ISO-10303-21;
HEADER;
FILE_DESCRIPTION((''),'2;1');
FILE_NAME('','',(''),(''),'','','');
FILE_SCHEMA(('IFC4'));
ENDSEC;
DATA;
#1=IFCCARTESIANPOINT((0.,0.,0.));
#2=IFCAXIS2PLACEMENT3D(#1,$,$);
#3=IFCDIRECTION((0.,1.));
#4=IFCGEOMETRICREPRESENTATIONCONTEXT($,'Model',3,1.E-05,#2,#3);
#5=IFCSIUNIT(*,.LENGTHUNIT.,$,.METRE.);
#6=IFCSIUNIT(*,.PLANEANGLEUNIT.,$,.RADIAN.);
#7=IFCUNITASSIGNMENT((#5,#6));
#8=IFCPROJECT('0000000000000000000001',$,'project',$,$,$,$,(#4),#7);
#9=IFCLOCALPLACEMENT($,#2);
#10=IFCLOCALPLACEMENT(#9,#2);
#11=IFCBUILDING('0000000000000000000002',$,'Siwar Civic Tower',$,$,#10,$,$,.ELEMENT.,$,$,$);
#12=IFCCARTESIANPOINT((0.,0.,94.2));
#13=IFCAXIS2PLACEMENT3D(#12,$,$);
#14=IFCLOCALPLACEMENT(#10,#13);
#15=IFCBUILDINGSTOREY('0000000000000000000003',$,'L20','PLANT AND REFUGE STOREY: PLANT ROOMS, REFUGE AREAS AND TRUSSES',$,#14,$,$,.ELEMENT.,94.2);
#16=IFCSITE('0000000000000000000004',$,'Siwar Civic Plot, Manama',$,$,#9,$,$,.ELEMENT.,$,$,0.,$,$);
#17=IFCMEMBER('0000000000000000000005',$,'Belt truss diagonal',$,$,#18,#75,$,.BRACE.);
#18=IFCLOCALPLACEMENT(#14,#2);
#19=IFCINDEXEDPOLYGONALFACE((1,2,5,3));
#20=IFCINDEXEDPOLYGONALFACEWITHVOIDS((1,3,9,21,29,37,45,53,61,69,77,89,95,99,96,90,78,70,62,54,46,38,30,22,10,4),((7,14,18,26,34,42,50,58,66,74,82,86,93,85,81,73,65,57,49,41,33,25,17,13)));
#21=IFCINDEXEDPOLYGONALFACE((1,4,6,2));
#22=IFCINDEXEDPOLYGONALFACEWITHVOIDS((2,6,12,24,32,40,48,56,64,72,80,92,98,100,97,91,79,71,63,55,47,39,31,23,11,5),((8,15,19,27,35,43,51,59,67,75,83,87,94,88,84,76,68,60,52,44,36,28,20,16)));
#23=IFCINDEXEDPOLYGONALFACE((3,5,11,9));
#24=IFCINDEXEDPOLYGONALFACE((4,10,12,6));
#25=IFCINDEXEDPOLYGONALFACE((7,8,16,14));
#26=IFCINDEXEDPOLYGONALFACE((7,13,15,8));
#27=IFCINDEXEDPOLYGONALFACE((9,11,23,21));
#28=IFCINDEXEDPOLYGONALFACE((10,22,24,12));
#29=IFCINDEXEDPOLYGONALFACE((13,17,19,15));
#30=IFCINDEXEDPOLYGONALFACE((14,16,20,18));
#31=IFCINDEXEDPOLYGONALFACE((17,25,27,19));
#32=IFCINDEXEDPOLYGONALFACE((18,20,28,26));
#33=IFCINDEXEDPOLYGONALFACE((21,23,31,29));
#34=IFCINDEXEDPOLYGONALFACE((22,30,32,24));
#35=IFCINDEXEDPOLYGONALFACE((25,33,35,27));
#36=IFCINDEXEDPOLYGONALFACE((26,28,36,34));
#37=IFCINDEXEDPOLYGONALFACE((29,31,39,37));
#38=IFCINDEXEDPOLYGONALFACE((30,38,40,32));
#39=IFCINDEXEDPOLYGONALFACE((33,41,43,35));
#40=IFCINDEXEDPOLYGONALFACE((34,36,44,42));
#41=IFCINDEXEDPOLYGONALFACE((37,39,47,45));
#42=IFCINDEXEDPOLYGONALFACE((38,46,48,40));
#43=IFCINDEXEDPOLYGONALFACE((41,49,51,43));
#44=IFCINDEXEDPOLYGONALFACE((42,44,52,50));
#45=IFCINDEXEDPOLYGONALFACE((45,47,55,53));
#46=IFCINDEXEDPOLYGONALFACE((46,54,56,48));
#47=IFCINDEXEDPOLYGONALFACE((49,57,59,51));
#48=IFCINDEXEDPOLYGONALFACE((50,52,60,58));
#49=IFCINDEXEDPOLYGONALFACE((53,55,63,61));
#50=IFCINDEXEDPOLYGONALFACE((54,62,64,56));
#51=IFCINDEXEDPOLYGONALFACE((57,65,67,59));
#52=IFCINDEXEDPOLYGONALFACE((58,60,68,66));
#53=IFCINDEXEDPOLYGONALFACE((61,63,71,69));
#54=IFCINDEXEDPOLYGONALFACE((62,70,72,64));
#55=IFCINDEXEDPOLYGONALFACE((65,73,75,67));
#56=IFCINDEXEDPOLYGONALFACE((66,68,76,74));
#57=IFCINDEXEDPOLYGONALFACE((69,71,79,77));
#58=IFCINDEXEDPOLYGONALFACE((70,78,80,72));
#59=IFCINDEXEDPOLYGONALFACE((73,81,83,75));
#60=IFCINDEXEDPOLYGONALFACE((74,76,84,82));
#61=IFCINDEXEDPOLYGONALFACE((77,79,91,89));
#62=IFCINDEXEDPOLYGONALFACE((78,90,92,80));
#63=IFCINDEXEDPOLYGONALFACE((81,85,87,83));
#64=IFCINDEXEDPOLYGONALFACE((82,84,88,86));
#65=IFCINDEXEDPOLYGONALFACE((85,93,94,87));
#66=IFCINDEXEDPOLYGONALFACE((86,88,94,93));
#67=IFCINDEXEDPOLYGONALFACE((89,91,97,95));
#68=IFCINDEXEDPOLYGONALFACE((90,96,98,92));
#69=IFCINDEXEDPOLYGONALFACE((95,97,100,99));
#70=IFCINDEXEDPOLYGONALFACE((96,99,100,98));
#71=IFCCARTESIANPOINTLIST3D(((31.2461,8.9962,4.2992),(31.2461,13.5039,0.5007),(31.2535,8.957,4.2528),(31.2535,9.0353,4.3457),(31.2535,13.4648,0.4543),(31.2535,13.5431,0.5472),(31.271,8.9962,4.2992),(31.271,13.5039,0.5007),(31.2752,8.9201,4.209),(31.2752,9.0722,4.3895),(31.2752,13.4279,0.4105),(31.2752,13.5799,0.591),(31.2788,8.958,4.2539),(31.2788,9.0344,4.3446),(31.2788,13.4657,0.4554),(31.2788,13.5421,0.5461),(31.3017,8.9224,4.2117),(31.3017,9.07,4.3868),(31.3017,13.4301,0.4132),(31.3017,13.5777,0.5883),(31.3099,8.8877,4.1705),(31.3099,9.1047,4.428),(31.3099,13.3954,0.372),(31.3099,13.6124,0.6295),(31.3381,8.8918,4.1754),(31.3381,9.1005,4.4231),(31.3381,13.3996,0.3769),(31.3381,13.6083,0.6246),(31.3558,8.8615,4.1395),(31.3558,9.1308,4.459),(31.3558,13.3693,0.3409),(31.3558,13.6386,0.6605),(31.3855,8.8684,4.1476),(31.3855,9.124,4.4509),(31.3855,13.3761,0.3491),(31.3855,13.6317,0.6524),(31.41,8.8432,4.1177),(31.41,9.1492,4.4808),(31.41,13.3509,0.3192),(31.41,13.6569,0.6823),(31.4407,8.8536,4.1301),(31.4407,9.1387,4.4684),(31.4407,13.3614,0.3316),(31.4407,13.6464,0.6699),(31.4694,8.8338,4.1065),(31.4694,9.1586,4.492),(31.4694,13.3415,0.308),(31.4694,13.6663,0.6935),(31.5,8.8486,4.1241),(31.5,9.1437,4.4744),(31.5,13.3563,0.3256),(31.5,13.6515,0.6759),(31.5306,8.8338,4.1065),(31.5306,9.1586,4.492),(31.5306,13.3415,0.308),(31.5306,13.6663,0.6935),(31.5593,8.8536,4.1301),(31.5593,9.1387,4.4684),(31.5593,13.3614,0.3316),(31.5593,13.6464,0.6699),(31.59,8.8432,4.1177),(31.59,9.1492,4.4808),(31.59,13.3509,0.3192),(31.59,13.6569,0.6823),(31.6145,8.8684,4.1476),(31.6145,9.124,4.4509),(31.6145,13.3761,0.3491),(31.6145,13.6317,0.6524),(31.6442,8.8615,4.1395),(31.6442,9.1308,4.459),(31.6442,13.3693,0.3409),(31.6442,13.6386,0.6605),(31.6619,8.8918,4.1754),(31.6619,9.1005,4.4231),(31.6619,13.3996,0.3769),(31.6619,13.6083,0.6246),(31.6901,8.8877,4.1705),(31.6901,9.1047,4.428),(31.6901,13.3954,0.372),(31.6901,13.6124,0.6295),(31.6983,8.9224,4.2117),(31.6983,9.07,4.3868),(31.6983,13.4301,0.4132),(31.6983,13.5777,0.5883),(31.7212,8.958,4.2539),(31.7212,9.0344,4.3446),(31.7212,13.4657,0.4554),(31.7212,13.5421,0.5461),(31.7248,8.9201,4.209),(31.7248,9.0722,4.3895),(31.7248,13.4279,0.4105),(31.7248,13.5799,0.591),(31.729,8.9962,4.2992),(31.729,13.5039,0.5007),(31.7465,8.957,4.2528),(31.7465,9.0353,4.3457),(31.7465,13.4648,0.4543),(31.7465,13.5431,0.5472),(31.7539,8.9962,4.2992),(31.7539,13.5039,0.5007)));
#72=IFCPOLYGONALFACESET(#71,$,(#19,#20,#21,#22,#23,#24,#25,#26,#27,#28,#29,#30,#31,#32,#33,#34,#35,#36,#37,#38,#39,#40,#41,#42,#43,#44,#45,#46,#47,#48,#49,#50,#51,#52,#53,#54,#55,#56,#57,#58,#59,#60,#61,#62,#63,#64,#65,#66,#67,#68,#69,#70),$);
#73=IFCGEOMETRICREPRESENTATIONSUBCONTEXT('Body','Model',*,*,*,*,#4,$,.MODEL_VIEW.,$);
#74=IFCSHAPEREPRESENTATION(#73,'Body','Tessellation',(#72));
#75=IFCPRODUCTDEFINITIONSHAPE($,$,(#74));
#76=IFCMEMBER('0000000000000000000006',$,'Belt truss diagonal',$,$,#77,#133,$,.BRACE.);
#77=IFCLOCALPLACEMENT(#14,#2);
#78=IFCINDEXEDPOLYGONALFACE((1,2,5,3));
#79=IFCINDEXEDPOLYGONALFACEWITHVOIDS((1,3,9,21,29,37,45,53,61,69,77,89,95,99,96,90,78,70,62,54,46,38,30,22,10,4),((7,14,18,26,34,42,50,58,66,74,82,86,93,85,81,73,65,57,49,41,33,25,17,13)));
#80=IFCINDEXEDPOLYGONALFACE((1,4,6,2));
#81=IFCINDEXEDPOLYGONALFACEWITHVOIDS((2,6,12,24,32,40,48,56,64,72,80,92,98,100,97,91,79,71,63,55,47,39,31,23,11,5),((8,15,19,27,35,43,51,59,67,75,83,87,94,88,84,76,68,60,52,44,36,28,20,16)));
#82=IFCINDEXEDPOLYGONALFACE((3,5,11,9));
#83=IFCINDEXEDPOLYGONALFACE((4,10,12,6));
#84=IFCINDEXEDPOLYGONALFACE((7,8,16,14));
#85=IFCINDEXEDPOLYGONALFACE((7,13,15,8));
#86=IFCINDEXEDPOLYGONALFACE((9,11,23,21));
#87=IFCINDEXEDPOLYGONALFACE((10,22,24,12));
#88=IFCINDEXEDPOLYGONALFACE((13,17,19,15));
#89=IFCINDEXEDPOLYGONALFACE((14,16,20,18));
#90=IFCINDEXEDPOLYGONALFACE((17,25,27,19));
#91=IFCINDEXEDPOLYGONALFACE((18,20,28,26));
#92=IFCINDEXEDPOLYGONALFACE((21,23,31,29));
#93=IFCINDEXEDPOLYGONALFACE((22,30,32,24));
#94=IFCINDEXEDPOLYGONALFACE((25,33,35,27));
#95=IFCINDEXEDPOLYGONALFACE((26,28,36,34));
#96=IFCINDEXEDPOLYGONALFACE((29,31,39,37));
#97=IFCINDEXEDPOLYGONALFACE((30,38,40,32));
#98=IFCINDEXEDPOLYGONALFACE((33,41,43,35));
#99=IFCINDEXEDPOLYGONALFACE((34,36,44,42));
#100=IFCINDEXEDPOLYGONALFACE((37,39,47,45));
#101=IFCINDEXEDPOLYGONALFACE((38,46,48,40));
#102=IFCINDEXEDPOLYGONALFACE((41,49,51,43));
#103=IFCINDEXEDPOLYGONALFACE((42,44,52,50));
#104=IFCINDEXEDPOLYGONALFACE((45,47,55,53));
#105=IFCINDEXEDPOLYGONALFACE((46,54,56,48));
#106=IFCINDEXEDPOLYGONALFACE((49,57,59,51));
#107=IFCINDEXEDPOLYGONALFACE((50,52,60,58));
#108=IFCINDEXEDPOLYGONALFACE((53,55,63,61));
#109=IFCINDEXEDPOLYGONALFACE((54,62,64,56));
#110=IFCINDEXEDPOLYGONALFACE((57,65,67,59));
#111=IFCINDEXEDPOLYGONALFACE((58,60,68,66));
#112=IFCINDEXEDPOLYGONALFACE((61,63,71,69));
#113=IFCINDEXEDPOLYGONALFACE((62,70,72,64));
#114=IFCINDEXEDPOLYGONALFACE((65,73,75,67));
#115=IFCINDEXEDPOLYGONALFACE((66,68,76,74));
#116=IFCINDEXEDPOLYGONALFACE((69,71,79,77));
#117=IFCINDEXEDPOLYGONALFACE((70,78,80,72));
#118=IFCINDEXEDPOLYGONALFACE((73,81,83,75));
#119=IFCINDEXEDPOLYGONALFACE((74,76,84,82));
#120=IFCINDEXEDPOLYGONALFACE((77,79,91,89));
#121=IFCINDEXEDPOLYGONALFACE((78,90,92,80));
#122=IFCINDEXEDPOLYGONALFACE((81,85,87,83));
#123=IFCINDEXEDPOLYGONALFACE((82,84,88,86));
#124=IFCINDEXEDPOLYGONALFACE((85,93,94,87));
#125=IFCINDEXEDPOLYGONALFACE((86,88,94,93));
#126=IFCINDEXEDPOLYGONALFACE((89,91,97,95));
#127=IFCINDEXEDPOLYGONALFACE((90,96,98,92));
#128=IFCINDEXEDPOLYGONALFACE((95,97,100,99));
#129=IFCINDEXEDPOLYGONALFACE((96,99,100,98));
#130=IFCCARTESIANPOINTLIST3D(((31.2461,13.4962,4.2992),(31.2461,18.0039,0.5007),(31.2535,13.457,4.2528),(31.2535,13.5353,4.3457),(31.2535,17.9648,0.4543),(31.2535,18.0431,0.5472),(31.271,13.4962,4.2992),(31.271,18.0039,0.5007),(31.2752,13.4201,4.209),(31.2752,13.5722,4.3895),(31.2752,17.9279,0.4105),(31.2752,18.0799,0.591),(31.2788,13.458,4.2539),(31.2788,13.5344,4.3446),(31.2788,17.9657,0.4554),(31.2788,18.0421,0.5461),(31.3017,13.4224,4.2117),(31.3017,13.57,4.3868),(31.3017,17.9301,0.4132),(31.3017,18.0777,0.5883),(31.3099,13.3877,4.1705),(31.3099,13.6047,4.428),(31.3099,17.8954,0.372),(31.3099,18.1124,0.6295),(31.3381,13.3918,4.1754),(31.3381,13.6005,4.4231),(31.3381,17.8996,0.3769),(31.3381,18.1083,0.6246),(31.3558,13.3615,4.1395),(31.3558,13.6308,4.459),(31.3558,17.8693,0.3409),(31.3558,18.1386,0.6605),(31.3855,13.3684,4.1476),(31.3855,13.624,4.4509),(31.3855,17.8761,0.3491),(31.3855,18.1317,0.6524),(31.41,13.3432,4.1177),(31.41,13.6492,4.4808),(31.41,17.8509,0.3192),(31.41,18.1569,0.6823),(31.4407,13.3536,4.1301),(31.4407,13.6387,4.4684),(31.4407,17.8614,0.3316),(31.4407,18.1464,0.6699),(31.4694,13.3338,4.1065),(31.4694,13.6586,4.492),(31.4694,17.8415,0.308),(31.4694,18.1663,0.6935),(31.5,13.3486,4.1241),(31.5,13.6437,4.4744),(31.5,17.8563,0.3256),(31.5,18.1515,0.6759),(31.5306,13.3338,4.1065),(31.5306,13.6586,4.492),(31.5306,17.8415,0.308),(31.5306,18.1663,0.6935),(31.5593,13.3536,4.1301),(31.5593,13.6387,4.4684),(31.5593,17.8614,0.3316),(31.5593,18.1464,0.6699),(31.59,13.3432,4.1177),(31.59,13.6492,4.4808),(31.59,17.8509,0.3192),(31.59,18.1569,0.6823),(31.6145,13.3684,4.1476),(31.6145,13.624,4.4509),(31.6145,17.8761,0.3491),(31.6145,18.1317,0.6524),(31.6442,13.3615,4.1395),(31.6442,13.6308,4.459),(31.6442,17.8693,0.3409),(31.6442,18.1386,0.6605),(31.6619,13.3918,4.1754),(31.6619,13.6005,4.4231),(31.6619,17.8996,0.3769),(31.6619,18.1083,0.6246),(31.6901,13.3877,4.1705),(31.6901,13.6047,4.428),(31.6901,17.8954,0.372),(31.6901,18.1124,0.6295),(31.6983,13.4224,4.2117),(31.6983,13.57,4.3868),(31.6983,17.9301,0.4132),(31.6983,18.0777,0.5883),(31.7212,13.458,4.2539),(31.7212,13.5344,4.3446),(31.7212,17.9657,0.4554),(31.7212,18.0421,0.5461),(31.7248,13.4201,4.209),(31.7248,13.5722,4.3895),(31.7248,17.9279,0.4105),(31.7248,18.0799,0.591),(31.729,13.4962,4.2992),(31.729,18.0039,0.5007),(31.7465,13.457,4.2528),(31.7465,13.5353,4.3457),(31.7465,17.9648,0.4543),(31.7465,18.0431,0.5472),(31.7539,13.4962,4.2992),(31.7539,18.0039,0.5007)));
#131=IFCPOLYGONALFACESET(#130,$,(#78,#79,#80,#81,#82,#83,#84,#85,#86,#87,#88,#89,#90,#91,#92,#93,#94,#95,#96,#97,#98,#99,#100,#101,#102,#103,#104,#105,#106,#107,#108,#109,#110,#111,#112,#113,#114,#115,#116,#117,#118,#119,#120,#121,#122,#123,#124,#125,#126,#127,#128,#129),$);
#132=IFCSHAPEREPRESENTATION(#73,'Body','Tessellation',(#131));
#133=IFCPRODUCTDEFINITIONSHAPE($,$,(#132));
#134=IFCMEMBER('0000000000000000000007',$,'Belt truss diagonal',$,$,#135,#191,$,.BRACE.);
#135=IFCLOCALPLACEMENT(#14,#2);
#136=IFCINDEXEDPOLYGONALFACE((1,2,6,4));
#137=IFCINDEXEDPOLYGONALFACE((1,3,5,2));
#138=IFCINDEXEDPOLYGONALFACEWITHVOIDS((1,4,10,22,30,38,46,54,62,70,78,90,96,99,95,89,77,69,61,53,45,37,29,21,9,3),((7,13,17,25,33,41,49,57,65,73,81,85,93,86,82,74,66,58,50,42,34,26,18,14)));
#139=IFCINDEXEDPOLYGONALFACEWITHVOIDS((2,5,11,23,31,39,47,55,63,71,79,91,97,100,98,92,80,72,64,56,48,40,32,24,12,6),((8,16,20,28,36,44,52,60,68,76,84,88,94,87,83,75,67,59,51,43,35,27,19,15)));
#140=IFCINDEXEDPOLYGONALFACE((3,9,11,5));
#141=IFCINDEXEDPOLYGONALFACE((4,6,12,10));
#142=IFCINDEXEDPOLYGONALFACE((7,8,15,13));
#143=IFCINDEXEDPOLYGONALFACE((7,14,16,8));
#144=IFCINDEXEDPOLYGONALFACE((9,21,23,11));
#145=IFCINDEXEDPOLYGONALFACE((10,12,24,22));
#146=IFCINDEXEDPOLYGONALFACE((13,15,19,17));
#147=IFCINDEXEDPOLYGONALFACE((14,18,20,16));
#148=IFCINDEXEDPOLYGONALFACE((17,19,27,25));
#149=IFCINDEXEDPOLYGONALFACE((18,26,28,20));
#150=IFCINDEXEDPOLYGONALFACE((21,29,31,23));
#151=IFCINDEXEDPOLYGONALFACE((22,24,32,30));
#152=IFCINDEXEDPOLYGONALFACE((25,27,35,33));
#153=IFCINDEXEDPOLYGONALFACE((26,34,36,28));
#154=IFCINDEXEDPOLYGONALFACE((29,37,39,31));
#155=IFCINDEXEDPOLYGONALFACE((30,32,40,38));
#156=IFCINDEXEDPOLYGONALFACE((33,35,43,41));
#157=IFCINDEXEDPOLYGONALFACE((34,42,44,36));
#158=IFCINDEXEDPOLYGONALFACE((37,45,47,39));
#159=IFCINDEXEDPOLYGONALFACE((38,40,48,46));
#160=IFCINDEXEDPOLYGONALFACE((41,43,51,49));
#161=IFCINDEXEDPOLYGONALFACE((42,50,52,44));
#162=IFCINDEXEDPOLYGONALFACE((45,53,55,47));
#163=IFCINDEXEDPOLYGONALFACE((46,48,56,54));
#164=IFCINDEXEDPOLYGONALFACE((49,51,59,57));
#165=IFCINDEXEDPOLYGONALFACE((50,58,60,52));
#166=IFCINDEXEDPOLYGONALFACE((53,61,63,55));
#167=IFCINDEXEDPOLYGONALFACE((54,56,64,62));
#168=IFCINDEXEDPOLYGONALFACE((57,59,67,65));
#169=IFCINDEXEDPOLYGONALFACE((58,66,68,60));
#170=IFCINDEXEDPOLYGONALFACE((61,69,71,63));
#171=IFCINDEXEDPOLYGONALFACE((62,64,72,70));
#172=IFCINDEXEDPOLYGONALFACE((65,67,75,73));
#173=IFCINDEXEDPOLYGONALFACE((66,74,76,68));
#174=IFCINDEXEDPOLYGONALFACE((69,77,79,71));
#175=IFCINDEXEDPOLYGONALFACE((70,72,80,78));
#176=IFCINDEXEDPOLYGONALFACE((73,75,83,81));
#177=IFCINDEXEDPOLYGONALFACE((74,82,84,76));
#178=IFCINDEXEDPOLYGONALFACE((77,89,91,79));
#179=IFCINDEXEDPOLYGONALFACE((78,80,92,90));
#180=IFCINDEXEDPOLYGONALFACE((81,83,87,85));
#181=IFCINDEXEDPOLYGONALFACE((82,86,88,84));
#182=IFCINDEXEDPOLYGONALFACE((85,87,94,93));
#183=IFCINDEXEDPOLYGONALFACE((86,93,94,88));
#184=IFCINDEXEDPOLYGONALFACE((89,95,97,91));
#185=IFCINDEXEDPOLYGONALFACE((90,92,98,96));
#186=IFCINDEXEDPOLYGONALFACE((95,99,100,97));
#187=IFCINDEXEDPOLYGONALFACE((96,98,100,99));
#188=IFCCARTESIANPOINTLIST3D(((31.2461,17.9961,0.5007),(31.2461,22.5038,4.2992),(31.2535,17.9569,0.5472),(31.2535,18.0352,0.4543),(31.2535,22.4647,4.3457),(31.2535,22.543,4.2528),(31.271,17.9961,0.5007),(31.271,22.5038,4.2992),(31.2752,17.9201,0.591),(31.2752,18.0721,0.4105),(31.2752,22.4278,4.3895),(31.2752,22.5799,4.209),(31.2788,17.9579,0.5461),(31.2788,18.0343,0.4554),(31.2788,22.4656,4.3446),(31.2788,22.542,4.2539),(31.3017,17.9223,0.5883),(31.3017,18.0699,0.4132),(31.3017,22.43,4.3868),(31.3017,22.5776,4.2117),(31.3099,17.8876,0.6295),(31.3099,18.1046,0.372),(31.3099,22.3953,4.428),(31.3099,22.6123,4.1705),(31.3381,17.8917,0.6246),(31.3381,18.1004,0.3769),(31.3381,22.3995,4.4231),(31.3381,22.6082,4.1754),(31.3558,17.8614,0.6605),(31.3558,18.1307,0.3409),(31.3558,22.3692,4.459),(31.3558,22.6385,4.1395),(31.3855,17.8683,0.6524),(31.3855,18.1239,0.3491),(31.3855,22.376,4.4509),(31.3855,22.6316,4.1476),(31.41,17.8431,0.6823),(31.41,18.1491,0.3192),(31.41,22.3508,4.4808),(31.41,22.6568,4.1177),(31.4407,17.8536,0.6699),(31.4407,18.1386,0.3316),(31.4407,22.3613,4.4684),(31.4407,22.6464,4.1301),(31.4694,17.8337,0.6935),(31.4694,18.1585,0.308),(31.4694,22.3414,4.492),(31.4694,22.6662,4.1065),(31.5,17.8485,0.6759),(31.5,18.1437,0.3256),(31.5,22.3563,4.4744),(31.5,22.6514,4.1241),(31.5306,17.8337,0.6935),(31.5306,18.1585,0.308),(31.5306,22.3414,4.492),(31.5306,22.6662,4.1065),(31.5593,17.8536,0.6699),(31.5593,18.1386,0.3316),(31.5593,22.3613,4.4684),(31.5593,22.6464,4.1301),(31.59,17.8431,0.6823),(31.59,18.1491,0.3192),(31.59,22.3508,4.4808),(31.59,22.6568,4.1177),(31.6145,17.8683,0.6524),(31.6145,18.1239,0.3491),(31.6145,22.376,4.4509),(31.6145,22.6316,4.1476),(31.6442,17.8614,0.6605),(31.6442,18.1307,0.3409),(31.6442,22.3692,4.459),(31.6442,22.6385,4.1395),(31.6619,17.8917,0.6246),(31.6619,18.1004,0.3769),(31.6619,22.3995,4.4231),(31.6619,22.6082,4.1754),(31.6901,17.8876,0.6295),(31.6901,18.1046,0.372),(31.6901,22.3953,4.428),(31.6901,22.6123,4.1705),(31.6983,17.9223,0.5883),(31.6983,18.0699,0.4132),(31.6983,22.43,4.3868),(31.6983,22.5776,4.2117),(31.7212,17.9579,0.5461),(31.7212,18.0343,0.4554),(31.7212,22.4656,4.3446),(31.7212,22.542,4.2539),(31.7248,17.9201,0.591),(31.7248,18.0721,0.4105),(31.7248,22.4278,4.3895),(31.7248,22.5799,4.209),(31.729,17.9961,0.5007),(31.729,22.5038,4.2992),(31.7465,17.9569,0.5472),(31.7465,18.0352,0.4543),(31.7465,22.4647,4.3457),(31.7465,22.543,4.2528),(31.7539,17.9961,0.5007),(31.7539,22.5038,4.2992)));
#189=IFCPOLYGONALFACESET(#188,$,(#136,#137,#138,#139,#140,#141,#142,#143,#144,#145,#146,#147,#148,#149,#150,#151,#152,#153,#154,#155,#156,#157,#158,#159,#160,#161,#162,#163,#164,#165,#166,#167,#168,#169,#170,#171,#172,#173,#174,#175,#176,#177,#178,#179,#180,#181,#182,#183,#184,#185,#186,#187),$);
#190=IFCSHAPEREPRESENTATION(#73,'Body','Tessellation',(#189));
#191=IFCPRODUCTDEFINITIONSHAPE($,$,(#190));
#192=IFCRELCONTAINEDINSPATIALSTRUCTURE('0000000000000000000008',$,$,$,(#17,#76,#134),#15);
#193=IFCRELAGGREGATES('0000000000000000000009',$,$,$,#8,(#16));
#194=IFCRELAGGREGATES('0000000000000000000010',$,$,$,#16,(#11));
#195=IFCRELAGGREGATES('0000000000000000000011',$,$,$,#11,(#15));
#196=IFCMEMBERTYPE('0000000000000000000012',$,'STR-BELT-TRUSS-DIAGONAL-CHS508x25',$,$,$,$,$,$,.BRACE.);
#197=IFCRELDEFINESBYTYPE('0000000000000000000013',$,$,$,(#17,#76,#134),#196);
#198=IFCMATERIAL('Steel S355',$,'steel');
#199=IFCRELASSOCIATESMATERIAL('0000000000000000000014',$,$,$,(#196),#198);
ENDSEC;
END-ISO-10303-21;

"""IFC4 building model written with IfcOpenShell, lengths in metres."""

from ifc_helpers import new_model, si_unit, direction, frame, origin, origin_2d, place, context, subcontext, project, spatial, hollow_circle, extrude, material, material_profile, profile_set, type_object, element, save


model = new_model("IFC4")

# Units and contexts
model_context = context("Model", 3, precision=1e-05, world=origin(), true_north=direction((0.0, 1.0)))
body_context = subcontext(model_context, "Body", "Model", "MODEL_VIEW")
ifc_project = project(units=[si_unit("LENGTHUNIT", "METRE"), si_unit("PLANEANGLEUNIT", "RADIAN")], contexts=[model_context])

# Site, building, storey
site_placement = place(None, origin())
site = spatial("IfcSite", under=ifc_project, at=site_placement, Name="Siwar Civic Plot, Manama", CompositionType="ELEMENT", RefElevation=0.0)
building_placement = place(site_placement, origin())
building = spatial("IfcBuilding", under=site, at=building_placement, Name="Siwar Civic Tower", CompositionType="ELEMENT")
storey_placement = place(building_placement, frame((0.0, 0.0, 94.2)))
storey = spatial("IfcBuildingStorey", under=building, at=storey_placement, Name="L20", Description="PLANT AND REFUGE STOREY: PLANT ROOMS, REFUGE AREAS AND TRUSSES", CompositionType="ELEMENT", Elevation=94.2)

# Members
ifc_material_1 = material(Name="Steel S355", Category="steel")
ifc_material_profile_1 = material_profile(ifc_material_1, hollow_circle(Radius=0.2539, WallThickness=0.0249, at=origin_2d()), Name="CHS508x25")
ifc_profile_set_1 = profile_set([ifc_material_profile_1], Name="Steel S355")
member_type_1 = type_object("IfcMemberType", Name="STR-BELT-TRUSS-DIAGONAL-CHS508x25", PredefinedType="BRACE", material=ifc_profile_set_1)
for number, where, z_axis, x_axis, name in (
    (1, (31.5, 13.5039, 0.5007), (0.0, -0.7647, 0.644387), (1.0, 0.0, 0.0), "Belt truss diagonal"),
    (2, (31.5, 18.0039, 0.5007), (0.0, -0.7647, 0.644387), (1.0, 0.0, 0.0), "Belt truss diagonal"),
    (3, (31.5, 17.9961, 0.5007), (0.0, 0.7647, 0.644387), (-1.0, 0.0, 0.0), "Belt truss diagonal"),
):
    element("IfcMember", number, at=place(storey_placement, frame(where, z_axis=z_axis, x_axis=x_axis)), inside=storey, type_object=member_type_1, Name=name, PredefinedType="BRACE", context=body_context, shape_type="SweptSolid", body=[
        extrude(hollow_circle(Radius=0.2539, WallThickness=0.0249, at=origin_2d()), origin(), (0.0, 0.0, 1.0), 5.8948),
    ])

save(model, "model.ifc")
